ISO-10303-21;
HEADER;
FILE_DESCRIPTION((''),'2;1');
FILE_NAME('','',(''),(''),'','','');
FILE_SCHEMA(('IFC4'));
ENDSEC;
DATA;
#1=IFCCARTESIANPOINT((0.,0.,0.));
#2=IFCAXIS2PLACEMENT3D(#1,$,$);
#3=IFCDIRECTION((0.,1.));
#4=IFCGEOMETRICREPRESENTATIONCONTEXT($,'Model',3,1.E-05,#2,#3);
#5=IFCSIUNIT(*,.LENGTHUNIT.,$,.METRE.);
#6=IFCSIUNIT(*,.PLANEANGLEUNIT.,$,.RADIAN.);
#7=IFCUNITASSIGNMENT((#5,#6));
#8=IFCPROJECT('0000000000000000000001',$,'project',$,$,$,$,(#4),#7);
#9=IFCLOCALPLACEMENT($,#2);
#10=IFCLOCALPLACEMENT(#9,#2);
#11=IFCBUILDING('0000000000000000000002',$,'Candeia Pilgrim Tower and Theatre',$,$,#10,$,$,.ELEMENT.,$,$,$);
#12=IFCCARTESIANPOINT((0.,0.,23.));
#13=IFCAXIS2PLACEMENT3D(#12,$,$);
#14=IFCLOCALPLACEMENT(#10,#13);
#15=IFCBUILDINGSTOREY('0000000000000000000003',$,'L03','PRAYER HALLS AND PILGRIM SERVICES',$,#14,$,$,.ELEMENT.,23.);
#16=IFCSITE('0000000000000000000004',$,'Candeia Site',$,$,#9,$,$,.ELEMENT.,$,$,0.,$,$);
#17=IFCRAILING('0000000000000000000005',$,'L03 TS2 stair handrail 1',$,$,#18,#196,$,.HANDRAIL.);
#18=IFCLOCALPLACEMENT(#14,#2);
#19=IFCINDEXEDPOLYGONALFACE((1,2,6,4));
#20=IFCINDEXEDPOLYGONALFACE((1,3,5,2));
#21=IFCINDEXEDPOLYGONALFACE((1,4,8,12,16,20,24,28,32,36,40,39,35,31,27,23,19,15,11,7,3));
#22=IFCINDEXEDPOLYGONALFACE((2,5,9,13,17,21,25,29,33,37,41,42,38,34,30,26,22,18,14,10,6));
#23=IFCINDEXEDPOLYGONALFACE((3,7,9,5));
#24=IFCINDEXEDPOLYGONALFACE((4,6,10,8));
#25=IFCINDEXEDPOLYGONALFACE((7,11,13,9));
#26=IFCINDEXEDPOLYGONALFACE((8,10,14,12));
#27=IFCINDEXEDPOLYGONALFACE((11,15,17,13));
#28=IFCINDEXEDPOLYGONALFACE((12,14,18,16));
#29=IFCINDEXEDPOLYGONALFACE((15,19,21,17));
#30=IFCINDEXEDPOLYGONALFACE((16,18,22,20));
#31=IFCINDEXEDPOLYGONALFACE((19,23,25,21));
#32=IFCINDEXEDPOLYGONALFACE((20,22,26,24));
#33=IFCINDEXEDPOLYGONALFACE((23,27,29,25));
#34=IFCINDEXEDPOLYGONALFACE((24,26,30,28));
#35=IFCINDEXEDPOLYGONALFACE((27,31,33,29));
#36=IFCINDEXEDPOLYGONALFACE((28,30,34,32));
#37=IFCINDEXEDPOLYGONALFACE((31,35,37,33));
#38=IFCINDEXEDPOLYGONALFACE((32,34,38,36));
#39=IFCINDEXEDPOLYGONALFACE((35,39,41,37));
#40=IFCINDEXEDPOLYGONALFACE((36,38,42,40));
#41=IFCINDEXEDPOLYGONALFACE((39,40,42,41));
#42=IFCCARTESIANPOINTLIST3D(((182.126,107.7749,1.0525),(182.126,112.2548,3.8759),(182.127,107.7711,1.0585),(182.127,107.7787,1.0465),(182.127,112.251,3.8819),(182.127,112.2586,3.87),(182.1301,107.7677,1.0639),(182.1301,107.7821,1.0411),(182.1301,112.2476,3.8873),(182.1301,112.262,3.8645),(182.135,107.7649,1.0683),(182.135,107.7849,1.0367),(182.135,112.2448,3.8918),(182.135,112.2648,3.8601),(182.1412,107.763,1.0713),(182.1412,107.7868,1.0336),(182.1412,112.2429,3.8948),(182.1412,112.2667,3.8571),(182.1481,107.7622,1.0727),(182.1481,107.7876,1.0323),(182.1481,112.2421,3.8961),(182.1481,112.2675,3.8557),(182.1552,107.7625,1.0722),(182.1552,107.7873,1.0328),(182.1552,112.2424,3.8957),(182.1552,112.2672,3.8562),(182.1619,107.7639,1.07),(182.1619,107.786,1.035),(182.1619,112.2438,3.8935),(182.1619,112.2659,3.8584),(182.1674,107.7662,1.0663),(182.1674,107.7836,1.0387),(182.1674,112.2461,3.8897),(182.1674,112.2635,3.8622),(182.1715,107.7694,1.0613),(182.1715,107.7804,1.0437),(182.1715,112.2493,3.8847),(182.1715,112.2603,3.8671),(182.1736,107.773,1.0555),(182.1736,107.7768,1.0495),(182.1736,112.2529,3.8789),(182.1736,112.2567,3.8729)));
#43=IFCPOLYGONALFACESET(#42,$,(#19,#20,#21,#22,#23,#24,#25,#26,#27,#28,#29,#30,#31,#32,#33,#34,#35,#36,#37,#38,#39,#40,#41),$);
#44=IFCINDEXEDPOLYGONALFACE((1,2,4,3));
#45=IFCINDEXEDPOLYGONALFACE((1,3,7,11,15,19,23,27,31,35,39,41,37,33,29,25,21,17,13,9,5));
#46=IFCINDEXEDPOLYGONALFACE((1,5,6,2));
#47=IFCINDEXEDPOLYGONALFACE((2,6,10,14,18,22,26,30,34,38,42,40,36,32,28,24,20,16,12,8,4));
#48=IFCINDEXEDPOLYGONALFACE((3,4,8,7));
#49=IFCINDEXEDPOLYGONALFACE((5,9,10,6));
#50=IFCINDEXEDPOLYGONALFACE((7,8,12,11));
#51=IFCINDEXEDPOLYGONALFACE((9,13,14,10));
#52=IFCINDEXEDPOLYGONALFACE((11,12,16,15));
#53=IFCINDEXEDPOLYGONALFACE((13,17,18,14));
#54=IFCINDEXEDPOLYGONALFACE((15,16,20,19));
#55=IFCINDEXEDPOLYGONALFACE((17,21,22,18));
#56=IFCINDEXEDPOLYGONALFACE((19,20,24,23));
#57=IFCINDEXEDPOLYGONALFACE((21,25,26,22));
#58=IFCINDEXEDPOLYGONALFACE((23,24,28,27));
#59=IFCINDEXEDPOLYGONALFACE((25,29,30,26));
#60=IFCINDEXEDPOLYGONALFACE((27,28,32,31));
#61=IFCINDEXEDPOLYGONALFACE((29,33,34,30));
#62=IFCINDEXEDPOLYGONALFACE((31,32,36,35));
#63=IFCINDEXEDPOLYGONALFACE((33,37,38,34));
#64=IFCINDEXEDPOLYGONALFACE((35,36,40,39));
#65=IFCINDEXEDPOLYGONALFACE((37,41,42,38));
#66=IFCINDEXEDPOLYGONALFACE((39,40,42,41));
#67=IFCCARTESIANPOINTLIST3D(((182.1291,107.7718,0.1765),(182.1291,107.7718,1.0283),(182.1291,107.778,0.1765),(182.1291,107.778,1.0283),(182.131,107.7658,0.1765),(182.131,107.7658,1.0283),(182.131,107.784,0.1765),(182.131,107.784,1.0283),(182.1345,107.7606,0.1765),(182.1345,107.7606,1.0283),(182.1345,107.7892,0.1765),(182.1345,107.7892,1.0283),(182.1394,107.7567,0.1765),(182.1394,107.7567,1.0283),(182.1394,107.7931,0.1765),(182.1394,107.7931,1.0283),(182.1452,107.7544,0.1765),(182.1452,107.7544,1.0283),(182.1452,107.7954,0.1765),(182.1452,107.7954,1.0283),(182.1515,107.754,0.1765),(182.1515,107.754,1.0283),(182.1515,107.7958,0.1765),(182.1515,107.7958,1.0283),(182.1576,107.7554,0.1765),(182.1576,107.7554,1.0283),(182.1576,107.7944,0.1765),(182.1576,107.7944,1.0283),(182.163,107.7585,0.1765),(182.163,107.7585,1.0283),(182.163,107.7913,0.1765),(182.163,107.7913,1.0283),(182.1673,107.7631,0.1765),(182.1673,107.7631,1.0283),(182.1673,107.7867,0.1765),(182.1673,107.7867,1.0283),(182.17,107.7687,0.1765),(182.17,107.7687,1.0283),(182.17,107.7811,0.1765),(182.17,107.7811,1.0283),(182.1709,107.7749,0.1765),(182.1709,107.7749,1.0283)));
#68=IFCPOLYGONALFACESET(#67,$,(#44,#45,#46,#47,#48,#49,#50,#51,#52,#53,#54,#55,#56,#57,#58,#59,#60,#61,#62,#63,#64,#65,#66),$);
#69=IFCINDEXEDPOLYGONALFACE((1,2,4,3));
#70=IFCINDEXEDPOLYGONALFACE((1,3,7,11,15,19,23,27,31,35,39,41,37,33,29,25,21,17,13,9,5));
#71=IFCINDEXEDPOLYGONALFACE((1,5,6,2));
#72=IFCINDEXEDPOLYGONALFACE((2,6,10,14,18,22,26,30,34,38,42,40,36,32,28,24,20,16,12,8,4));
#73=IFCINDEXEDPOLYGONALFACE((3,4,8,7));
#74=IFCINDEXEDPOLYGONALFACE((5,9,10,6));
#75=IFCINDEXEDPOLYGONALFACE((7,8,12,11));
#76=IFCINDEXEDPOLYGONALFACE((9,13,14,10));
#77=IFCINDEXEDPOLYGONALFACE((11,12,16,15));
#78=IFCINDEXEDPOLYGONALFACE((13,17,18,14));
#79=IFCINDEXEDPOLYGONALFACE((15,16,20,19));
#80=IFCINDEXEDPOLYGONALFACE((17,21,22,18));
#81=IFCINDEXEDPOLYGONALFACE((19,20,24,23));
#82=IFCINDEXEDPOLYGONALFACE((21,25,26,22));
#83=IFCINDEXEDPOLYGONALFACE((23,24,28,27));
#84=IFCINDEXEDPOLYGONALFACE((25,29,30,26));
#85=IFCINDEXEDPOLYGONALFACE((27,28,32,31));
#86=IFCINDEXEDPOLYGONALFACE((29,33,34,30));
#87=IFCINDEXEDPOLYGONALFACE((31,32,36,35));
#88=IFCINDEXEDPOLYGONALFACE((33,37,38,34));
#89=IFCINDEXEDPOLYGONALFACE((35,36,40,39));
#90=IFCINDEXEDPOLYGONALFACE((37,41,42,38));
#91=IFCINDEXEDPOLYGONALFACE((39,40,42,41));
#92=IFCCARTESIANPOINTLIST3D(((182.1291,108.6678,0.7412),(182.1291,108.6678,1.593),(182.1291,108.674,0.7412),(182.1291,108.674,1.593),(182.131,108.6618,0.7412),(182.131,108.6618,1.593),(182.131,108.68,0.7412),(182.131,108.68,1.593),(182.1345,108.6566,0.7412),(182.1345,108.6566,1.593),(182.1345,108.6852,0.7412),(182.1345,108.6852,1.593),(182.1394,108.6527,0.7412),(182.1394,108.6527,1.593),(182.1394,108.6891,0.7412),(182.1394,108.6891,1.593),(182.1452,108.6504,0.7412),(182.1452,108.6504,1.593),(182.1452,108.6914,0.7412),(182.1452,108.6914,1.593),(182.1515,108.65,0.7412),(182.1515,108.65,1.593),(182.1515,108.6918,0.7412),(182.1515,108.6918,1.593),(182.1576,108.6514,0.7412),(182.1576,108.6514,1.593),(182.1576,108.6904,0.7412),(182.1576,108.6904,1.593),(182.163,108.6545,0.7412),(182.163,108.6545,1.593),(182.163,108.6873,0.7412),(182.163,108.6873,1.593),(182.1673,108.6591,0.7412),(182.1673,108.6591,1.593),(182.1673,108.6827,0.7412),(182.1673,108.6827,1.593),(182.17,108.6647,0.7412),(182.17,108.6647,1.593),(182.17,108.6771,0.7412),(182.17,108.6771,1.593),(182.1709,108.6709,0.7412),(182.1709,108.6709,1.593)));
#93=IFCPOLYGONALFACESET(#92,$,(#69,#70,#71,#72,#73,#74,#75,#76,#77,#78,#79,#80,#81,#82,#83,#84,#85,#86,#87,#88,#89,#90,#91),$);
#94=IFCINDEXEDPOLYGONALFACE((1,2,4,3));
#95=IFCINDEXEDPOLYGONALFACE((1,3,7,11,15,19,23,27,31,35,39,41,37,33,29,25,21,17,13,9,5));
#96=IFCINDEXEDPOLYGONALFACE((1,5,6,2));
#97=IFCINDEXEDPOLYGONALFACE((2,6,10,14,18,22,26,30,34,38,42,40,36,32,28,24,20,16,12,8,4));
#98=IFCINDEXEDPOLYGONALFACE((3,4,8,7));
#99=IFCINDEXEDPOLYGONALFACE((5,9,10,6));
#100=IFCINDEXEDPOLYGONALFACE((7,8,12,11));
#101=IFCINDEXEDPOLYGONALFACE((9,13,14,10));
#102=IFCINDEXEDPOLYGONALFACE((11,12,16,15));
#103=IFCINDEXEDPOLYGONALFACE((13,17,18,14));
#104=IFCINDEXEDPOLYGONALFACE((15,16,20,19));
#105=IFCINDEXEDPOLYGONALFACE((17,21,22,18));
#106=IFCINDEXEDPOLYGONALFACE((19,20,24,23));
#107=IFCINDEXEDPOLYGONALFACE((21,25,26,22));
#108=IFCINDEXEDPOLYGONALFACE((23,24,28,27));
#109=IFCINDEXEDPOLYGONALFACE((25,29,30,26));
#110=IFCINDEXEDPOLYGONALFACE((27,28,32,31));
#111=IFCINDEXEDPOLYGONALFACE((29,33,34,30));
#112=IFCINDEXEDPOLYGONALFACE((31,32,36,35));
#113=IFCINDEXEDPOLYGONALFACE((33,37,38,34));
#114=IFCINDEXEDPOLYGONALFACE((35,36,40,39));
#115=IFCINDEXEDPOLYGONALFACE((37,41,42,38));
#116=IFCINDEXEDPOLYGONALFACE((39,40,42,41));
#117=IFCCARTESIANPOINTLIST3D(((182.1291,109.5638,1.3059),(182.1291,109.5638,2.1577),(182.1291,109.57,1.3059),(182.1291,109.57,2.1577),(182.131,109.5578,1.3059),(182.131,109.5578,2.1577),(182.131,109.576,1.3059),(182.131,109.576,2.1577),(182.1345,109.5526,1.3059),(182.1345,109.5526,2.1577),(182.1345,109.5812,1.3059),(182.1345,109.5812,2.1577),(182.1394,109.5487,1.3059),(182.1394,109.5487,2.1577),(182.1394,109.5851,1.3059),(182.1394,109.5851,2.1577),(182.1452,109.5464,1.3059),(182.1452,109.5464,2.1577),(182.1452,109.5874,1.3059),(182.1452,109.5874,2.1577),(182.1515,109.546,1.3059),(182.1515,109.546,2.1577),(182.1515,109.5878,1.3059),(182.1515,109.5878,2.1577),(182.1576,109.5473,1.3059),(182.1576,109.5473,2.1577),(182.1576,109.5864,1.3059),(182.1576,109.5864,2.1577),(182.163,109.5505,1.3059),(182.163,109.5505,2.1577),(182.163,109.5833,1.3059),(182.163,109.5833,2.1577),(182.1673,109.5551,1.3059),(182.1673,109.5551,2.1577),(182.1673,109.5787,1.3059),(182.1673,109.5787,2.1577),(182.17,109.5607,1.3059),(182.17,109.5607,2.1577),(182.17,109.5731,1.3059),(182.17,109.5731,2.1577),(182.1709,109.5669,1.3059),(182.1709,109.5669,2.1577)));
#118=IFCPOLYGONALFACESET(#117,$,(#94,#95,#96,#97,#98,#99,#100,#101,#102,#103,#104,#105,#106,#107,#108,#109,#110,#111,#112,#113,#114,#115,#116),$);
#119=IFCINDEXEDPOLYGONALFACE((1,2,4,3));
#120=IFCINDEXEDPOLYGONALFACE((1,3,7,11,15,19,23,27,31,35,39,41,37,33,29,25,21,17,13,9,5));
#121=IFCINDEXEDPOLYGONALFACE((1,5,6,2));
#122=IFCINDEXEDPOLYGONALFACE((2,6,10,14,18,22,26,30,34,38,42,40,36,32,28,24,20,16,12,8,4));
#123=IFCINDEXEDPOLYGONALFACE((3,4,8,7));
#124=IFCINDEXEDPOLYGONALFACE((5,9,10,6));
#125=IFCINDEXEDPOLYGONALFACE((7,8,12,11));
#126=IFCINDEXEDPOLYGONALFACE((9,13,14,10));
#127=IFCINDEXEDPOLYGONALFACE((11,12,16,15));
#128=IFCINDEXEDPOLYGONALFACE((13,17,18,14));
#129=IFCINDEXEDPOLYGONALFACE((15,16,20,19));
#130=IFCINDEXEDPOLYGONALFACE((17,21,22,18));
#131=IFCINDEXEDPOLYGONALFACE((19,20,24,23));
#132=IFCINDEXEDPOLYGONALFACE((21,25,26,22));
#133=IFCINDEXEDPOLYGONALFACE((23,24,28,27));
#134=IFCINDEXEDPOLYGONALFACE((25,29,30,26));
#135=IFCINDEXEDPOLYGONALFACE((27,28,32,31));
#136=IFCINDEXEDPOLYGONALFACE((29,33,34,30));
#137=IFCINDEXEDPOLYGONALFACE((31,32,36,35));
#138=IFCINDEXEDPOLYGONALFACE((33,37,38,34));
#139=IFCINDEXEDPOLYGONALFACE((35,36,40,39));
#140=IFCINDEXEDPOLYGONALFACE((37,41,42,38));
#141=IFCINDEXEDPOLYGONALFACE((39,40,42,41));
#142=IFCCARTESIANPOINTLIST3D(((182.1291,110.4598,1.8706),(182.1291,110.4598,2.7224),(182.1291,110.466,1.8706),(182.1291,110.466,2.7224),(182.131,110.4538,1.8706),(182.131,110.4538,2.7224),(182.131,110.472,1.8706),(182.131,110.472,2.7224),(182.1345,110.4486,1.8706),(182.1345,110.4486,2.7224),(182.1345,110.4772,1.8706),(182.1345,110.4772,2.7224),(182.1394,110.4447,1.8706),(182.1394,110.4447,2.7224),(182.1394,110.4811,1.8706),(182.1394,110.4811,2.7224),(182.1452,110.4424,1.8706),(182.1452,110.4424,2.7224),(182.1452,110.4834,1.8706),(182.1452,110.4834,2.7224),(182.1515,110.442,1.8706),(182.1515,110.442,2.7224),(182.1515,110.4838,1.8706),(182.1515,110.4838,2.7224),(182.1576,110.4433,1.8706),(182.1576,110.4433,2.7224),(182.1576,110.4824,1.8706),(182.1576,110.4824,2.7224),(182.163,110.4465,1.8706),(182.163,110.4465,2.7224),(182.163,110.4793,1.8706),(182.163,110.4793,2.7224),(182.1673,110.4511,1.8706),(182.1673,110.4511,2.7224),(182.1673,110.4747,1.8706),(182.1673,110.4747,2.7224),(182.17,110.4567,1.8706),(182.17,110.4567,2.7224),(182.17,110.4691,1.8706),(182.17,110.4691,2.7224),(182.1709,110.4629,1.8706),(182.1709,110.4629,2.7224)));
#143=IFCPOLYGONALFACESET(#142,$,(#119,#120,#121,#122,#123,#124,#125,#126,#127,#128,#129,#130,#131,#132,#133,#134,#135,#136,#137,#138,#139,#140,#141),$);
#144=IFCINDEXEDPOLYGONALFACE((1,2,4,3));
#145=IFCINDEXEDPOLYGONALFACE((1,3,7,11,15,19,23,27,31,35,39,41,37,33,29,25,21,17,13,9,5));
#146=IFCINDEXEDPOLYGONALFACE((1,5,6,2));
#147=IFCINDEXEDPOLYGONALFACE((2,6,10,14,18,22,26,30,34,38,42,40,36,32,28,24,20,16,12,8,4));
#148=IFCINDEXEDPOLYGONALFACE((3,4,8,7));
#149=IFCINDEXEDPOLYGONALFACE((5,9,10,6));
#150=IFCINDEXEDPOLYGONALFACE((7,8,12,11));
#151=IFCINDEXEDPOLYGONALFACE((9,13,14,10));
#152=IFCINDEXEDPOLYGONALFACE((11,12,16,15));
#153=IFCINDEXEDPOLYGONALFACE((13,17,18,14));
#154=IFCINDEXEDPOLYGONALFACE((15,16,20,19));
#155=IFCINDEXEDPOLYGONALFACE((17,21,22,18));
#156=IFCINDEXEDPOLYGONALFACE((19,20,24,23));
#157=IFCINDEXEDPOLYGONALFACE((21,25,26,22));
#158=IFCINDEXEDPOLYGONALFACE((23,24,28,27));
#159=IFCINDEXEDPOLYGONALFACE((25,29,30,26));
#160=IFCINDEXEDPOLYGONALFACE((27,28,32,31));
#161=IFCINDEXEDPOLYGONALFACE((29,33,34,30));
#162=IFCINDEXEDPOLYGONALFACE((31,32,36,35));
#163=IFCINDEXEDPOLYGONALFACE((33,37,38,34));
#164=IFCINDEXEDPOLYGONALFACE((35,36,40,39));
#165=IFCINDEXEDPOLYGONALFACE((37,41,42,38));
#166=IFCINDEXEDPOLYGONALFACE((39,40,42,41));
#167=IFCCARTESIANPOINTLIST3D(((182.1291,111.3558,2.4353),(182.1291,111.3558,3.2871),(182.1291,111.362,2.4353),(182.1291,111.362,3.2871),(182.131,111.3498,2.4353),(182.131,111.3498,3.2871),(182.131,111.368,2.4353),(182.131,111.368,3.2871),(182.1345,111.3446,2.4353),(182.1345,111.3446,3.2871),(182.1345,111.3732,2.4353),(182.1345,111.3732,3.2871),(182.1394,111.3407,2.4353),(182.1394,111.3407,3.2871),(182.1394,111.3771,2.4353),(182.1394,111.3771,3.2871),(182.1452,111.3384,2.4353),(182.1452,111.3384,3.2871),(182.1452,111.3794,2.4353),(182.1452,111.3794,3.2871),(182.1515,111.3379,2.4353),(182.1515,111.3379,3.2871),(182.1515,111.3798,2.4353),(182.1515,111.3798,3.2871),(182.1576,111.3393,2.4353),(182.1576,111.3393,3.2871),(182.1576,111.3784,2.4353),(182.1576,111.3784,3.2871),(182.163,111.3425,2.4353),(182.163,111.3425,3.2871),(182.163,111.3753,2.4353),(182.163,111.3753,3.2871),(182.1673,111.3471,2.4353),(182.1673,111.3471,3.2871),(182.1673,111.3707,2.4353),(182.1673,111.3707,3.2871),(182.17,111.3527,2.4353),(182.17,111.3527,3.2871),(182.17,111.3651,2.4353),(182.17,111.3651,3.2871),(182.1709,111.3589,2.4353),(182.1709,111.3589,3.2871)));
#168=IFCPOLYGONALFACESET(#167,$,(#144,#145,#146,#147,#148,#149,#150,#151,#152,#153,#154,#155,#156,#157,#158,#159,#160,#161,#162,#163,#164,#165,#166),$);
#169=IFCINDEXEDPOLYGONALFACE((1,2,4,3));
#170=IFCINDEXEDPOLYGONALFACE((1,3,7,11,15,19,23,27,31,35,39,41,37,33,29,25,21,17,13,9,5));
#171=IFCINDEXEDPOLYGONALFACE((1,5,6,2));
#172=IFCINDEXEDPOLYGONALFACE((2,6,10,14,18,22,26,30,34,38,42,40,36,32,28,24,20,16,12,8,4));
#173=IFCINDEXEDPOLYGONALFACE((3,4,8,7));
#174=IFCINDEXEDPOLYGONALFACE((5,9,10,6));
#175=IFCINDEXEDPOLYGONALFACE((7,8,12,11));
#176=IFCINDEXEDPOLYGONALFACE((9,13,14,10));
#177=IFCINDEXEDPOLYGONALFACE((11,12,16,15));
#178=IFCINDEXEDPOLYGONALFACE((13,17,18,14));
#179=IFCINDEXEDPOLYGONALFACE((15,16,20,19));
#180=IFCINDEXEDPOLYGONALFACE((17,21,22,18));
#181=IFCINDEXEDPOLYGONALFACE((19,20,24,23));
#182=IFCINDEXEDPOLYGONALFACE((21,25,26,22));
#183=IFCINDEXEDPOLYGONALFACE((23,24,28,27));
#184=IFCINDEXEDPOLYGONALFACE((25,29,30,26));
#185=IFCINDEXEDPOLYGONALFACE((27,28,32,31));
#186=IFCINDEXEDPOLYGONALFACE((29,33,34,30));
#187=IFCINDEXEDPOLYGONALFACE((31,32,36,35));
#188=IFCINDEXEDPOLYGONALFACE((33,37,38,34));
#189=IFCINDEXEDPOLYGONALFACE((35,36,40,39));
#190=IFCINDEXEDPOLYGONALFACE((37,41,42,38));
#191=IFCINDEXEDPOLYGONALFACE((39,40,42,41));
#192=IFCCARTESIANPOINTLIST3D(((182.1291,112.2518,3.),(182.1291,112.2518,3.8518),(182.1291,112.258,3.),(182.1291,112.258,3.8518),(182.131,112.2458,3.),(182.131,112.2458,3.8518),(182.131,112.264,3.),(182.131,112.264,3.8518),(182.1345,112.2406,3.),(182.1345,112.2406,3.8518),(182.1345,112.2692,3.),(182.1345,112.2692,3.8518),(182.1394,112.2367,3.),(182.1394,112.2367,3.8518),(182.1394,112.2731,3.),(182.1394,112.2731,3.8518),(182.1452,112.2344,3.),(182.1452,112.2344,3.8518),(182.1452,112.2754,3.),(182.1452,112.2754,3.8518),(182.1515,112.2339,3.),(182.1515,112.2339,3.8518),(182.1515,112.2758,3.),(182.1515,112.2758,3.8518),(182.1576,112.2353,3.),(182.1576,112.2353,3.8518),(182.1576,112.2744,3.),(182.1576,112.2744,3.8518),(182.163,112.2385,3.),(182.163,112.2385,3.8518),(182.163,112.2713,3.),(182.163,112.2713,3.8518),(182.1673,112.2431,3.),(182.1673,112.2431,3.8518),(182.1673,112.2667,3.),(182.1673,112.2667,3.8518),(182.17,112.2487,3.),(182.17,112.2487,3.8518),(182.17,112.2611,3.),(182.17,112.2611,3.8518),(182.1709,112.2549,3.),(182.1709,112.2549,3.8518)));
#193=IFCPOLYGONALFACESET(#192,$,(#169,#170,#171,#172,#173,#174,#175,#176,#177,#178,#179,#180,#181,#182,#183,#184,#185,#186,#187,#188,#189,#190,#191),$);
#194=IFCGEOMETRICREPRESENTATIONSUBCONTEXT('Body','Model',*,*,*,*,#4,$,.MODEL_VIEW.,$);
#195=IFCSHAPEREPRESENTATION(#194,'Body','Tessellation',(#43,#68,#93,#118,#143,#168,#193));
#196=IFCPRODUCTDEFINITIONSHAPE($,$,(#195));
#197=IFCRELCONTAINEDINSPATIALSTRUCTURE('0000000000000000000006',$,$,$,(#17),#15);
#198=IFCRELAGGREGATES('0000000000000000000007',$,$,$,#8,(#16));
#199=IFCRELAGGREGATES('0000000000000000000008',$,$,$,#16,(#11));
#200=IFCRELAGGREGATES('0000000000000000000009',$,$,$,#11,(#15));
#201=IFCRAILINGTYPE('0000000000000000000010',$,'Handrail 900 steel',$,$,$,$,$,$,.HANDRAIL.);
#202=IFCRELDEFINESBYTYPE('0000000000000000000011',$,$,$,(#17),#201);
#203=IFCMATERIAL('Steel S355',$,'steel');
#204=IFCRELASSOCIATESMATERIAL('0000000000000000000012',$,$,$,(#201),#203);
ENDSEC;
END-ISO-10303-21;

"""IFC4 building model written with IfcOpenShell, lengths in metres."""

from ifc_helpers import new_model, si_unit, direction, frame, origin, origin_2d, place, context, subcontext, project, spatial, circle, extrude, material, type_object, element, save


model = new_model("IFC4")

# Units and contexts
model_context = context("Model", 3, precision=1e-05, world=origin(), true_north=direction((0.0, 1.0)))
body_context = subcontext(model_context, "Body", "Model", "MODEL_VIEW")
ifc_project = project(units=[si_unit("LENGTHUNIT", "METRE"), si_unit("PLANEANGLEUNIT", "RADIAN")], contexts=[model_context])

# Site, building, storey
site_placement = place(None, origin())
site = spatial("IfcSite", under=ifc_project, at=site_placement, Name="Candeia Site", CompositionType="ELEMENT", RefElevation=0.0)
building_placement = place(site_placement, origin())
building = spatial("IfcBuilding", under=site, at=building_placement, Name="Candeia Pilgrim Tower and Theatre", CompositionType="ELEMENT")
storey_placement = place(building_placement, frame((0.0, 0.0, 23.0)))
storey = spatial("IfcBuildingStorey", under=building, at=storey_placement, Name="L03", Description="PRAYER HALLS AND PILGRIM SERVICES", CompositionType="ELEMENT", Elevation=23.0)

# Railing
ifc_material_1 = material(Name="Steel S355", Category="steel")
railing_type_1 = type_object("IfcRailingType", Name="Handrail 900 steel", PredefinedType="HANDRAIL", material=ifc_material_1)
for number, where, name in (
    (1, (182.1499, 107.7749, 0.1765), "L03 TS2 stair handrail 1"),
):
    element("IfcRailing", number, at=place(storey_placement, frame(where)), inside=storey, type_object=railing_type_1, Name=name, PredefinedType="HANDRAIL", context=body_context, shape_type="SweptSolid", body=[
        extrude(circle(Radius=0.0239, at=origin_2d()), frame((0.0, 0.0, 0.876), z_axis=(0.0, 0.845998, 0.533186), x_axis=(-1.0, 0.0, 0.0)), (0.0, 0.0, 1.0), 5.2954),
        extrude(circle(Radius=0.021, at=origin_2d()), origin(), (0.0, 0.0, 1.0), 0.8518),
        extrude(circle(Radius=0.021, at=origin_2d()), frame((0.0, 0.896, 0.5647)), (0.0, 0.0, 1.0), 0.8518),
        extrude(circle(Radius=0.021, at=origin_2d()), frame((0.0, 1.792, 1.1294)), (0.0, 0.0, 1.0), 0.8518),
        extrude(circle(Radius=0.021, at=origin_2d()), frame((0.0, 2.688, 1.6941)), (0.0, 0.0, 1.0), 0.8518),
        extrude(circle(Radius=0.021, at=origin_2d()), frame((0.0, 3.584, 2.2588)), (0.0, 0.0, 1.0), 0.8518),
        extrude(circle(Radius=0.021, at=origin_2d()), frame((0.0, 4.48, 2.8235)), (0.0, 0.0, 1.0), 0.8518),
    ])

save(model, "model.ifc")
